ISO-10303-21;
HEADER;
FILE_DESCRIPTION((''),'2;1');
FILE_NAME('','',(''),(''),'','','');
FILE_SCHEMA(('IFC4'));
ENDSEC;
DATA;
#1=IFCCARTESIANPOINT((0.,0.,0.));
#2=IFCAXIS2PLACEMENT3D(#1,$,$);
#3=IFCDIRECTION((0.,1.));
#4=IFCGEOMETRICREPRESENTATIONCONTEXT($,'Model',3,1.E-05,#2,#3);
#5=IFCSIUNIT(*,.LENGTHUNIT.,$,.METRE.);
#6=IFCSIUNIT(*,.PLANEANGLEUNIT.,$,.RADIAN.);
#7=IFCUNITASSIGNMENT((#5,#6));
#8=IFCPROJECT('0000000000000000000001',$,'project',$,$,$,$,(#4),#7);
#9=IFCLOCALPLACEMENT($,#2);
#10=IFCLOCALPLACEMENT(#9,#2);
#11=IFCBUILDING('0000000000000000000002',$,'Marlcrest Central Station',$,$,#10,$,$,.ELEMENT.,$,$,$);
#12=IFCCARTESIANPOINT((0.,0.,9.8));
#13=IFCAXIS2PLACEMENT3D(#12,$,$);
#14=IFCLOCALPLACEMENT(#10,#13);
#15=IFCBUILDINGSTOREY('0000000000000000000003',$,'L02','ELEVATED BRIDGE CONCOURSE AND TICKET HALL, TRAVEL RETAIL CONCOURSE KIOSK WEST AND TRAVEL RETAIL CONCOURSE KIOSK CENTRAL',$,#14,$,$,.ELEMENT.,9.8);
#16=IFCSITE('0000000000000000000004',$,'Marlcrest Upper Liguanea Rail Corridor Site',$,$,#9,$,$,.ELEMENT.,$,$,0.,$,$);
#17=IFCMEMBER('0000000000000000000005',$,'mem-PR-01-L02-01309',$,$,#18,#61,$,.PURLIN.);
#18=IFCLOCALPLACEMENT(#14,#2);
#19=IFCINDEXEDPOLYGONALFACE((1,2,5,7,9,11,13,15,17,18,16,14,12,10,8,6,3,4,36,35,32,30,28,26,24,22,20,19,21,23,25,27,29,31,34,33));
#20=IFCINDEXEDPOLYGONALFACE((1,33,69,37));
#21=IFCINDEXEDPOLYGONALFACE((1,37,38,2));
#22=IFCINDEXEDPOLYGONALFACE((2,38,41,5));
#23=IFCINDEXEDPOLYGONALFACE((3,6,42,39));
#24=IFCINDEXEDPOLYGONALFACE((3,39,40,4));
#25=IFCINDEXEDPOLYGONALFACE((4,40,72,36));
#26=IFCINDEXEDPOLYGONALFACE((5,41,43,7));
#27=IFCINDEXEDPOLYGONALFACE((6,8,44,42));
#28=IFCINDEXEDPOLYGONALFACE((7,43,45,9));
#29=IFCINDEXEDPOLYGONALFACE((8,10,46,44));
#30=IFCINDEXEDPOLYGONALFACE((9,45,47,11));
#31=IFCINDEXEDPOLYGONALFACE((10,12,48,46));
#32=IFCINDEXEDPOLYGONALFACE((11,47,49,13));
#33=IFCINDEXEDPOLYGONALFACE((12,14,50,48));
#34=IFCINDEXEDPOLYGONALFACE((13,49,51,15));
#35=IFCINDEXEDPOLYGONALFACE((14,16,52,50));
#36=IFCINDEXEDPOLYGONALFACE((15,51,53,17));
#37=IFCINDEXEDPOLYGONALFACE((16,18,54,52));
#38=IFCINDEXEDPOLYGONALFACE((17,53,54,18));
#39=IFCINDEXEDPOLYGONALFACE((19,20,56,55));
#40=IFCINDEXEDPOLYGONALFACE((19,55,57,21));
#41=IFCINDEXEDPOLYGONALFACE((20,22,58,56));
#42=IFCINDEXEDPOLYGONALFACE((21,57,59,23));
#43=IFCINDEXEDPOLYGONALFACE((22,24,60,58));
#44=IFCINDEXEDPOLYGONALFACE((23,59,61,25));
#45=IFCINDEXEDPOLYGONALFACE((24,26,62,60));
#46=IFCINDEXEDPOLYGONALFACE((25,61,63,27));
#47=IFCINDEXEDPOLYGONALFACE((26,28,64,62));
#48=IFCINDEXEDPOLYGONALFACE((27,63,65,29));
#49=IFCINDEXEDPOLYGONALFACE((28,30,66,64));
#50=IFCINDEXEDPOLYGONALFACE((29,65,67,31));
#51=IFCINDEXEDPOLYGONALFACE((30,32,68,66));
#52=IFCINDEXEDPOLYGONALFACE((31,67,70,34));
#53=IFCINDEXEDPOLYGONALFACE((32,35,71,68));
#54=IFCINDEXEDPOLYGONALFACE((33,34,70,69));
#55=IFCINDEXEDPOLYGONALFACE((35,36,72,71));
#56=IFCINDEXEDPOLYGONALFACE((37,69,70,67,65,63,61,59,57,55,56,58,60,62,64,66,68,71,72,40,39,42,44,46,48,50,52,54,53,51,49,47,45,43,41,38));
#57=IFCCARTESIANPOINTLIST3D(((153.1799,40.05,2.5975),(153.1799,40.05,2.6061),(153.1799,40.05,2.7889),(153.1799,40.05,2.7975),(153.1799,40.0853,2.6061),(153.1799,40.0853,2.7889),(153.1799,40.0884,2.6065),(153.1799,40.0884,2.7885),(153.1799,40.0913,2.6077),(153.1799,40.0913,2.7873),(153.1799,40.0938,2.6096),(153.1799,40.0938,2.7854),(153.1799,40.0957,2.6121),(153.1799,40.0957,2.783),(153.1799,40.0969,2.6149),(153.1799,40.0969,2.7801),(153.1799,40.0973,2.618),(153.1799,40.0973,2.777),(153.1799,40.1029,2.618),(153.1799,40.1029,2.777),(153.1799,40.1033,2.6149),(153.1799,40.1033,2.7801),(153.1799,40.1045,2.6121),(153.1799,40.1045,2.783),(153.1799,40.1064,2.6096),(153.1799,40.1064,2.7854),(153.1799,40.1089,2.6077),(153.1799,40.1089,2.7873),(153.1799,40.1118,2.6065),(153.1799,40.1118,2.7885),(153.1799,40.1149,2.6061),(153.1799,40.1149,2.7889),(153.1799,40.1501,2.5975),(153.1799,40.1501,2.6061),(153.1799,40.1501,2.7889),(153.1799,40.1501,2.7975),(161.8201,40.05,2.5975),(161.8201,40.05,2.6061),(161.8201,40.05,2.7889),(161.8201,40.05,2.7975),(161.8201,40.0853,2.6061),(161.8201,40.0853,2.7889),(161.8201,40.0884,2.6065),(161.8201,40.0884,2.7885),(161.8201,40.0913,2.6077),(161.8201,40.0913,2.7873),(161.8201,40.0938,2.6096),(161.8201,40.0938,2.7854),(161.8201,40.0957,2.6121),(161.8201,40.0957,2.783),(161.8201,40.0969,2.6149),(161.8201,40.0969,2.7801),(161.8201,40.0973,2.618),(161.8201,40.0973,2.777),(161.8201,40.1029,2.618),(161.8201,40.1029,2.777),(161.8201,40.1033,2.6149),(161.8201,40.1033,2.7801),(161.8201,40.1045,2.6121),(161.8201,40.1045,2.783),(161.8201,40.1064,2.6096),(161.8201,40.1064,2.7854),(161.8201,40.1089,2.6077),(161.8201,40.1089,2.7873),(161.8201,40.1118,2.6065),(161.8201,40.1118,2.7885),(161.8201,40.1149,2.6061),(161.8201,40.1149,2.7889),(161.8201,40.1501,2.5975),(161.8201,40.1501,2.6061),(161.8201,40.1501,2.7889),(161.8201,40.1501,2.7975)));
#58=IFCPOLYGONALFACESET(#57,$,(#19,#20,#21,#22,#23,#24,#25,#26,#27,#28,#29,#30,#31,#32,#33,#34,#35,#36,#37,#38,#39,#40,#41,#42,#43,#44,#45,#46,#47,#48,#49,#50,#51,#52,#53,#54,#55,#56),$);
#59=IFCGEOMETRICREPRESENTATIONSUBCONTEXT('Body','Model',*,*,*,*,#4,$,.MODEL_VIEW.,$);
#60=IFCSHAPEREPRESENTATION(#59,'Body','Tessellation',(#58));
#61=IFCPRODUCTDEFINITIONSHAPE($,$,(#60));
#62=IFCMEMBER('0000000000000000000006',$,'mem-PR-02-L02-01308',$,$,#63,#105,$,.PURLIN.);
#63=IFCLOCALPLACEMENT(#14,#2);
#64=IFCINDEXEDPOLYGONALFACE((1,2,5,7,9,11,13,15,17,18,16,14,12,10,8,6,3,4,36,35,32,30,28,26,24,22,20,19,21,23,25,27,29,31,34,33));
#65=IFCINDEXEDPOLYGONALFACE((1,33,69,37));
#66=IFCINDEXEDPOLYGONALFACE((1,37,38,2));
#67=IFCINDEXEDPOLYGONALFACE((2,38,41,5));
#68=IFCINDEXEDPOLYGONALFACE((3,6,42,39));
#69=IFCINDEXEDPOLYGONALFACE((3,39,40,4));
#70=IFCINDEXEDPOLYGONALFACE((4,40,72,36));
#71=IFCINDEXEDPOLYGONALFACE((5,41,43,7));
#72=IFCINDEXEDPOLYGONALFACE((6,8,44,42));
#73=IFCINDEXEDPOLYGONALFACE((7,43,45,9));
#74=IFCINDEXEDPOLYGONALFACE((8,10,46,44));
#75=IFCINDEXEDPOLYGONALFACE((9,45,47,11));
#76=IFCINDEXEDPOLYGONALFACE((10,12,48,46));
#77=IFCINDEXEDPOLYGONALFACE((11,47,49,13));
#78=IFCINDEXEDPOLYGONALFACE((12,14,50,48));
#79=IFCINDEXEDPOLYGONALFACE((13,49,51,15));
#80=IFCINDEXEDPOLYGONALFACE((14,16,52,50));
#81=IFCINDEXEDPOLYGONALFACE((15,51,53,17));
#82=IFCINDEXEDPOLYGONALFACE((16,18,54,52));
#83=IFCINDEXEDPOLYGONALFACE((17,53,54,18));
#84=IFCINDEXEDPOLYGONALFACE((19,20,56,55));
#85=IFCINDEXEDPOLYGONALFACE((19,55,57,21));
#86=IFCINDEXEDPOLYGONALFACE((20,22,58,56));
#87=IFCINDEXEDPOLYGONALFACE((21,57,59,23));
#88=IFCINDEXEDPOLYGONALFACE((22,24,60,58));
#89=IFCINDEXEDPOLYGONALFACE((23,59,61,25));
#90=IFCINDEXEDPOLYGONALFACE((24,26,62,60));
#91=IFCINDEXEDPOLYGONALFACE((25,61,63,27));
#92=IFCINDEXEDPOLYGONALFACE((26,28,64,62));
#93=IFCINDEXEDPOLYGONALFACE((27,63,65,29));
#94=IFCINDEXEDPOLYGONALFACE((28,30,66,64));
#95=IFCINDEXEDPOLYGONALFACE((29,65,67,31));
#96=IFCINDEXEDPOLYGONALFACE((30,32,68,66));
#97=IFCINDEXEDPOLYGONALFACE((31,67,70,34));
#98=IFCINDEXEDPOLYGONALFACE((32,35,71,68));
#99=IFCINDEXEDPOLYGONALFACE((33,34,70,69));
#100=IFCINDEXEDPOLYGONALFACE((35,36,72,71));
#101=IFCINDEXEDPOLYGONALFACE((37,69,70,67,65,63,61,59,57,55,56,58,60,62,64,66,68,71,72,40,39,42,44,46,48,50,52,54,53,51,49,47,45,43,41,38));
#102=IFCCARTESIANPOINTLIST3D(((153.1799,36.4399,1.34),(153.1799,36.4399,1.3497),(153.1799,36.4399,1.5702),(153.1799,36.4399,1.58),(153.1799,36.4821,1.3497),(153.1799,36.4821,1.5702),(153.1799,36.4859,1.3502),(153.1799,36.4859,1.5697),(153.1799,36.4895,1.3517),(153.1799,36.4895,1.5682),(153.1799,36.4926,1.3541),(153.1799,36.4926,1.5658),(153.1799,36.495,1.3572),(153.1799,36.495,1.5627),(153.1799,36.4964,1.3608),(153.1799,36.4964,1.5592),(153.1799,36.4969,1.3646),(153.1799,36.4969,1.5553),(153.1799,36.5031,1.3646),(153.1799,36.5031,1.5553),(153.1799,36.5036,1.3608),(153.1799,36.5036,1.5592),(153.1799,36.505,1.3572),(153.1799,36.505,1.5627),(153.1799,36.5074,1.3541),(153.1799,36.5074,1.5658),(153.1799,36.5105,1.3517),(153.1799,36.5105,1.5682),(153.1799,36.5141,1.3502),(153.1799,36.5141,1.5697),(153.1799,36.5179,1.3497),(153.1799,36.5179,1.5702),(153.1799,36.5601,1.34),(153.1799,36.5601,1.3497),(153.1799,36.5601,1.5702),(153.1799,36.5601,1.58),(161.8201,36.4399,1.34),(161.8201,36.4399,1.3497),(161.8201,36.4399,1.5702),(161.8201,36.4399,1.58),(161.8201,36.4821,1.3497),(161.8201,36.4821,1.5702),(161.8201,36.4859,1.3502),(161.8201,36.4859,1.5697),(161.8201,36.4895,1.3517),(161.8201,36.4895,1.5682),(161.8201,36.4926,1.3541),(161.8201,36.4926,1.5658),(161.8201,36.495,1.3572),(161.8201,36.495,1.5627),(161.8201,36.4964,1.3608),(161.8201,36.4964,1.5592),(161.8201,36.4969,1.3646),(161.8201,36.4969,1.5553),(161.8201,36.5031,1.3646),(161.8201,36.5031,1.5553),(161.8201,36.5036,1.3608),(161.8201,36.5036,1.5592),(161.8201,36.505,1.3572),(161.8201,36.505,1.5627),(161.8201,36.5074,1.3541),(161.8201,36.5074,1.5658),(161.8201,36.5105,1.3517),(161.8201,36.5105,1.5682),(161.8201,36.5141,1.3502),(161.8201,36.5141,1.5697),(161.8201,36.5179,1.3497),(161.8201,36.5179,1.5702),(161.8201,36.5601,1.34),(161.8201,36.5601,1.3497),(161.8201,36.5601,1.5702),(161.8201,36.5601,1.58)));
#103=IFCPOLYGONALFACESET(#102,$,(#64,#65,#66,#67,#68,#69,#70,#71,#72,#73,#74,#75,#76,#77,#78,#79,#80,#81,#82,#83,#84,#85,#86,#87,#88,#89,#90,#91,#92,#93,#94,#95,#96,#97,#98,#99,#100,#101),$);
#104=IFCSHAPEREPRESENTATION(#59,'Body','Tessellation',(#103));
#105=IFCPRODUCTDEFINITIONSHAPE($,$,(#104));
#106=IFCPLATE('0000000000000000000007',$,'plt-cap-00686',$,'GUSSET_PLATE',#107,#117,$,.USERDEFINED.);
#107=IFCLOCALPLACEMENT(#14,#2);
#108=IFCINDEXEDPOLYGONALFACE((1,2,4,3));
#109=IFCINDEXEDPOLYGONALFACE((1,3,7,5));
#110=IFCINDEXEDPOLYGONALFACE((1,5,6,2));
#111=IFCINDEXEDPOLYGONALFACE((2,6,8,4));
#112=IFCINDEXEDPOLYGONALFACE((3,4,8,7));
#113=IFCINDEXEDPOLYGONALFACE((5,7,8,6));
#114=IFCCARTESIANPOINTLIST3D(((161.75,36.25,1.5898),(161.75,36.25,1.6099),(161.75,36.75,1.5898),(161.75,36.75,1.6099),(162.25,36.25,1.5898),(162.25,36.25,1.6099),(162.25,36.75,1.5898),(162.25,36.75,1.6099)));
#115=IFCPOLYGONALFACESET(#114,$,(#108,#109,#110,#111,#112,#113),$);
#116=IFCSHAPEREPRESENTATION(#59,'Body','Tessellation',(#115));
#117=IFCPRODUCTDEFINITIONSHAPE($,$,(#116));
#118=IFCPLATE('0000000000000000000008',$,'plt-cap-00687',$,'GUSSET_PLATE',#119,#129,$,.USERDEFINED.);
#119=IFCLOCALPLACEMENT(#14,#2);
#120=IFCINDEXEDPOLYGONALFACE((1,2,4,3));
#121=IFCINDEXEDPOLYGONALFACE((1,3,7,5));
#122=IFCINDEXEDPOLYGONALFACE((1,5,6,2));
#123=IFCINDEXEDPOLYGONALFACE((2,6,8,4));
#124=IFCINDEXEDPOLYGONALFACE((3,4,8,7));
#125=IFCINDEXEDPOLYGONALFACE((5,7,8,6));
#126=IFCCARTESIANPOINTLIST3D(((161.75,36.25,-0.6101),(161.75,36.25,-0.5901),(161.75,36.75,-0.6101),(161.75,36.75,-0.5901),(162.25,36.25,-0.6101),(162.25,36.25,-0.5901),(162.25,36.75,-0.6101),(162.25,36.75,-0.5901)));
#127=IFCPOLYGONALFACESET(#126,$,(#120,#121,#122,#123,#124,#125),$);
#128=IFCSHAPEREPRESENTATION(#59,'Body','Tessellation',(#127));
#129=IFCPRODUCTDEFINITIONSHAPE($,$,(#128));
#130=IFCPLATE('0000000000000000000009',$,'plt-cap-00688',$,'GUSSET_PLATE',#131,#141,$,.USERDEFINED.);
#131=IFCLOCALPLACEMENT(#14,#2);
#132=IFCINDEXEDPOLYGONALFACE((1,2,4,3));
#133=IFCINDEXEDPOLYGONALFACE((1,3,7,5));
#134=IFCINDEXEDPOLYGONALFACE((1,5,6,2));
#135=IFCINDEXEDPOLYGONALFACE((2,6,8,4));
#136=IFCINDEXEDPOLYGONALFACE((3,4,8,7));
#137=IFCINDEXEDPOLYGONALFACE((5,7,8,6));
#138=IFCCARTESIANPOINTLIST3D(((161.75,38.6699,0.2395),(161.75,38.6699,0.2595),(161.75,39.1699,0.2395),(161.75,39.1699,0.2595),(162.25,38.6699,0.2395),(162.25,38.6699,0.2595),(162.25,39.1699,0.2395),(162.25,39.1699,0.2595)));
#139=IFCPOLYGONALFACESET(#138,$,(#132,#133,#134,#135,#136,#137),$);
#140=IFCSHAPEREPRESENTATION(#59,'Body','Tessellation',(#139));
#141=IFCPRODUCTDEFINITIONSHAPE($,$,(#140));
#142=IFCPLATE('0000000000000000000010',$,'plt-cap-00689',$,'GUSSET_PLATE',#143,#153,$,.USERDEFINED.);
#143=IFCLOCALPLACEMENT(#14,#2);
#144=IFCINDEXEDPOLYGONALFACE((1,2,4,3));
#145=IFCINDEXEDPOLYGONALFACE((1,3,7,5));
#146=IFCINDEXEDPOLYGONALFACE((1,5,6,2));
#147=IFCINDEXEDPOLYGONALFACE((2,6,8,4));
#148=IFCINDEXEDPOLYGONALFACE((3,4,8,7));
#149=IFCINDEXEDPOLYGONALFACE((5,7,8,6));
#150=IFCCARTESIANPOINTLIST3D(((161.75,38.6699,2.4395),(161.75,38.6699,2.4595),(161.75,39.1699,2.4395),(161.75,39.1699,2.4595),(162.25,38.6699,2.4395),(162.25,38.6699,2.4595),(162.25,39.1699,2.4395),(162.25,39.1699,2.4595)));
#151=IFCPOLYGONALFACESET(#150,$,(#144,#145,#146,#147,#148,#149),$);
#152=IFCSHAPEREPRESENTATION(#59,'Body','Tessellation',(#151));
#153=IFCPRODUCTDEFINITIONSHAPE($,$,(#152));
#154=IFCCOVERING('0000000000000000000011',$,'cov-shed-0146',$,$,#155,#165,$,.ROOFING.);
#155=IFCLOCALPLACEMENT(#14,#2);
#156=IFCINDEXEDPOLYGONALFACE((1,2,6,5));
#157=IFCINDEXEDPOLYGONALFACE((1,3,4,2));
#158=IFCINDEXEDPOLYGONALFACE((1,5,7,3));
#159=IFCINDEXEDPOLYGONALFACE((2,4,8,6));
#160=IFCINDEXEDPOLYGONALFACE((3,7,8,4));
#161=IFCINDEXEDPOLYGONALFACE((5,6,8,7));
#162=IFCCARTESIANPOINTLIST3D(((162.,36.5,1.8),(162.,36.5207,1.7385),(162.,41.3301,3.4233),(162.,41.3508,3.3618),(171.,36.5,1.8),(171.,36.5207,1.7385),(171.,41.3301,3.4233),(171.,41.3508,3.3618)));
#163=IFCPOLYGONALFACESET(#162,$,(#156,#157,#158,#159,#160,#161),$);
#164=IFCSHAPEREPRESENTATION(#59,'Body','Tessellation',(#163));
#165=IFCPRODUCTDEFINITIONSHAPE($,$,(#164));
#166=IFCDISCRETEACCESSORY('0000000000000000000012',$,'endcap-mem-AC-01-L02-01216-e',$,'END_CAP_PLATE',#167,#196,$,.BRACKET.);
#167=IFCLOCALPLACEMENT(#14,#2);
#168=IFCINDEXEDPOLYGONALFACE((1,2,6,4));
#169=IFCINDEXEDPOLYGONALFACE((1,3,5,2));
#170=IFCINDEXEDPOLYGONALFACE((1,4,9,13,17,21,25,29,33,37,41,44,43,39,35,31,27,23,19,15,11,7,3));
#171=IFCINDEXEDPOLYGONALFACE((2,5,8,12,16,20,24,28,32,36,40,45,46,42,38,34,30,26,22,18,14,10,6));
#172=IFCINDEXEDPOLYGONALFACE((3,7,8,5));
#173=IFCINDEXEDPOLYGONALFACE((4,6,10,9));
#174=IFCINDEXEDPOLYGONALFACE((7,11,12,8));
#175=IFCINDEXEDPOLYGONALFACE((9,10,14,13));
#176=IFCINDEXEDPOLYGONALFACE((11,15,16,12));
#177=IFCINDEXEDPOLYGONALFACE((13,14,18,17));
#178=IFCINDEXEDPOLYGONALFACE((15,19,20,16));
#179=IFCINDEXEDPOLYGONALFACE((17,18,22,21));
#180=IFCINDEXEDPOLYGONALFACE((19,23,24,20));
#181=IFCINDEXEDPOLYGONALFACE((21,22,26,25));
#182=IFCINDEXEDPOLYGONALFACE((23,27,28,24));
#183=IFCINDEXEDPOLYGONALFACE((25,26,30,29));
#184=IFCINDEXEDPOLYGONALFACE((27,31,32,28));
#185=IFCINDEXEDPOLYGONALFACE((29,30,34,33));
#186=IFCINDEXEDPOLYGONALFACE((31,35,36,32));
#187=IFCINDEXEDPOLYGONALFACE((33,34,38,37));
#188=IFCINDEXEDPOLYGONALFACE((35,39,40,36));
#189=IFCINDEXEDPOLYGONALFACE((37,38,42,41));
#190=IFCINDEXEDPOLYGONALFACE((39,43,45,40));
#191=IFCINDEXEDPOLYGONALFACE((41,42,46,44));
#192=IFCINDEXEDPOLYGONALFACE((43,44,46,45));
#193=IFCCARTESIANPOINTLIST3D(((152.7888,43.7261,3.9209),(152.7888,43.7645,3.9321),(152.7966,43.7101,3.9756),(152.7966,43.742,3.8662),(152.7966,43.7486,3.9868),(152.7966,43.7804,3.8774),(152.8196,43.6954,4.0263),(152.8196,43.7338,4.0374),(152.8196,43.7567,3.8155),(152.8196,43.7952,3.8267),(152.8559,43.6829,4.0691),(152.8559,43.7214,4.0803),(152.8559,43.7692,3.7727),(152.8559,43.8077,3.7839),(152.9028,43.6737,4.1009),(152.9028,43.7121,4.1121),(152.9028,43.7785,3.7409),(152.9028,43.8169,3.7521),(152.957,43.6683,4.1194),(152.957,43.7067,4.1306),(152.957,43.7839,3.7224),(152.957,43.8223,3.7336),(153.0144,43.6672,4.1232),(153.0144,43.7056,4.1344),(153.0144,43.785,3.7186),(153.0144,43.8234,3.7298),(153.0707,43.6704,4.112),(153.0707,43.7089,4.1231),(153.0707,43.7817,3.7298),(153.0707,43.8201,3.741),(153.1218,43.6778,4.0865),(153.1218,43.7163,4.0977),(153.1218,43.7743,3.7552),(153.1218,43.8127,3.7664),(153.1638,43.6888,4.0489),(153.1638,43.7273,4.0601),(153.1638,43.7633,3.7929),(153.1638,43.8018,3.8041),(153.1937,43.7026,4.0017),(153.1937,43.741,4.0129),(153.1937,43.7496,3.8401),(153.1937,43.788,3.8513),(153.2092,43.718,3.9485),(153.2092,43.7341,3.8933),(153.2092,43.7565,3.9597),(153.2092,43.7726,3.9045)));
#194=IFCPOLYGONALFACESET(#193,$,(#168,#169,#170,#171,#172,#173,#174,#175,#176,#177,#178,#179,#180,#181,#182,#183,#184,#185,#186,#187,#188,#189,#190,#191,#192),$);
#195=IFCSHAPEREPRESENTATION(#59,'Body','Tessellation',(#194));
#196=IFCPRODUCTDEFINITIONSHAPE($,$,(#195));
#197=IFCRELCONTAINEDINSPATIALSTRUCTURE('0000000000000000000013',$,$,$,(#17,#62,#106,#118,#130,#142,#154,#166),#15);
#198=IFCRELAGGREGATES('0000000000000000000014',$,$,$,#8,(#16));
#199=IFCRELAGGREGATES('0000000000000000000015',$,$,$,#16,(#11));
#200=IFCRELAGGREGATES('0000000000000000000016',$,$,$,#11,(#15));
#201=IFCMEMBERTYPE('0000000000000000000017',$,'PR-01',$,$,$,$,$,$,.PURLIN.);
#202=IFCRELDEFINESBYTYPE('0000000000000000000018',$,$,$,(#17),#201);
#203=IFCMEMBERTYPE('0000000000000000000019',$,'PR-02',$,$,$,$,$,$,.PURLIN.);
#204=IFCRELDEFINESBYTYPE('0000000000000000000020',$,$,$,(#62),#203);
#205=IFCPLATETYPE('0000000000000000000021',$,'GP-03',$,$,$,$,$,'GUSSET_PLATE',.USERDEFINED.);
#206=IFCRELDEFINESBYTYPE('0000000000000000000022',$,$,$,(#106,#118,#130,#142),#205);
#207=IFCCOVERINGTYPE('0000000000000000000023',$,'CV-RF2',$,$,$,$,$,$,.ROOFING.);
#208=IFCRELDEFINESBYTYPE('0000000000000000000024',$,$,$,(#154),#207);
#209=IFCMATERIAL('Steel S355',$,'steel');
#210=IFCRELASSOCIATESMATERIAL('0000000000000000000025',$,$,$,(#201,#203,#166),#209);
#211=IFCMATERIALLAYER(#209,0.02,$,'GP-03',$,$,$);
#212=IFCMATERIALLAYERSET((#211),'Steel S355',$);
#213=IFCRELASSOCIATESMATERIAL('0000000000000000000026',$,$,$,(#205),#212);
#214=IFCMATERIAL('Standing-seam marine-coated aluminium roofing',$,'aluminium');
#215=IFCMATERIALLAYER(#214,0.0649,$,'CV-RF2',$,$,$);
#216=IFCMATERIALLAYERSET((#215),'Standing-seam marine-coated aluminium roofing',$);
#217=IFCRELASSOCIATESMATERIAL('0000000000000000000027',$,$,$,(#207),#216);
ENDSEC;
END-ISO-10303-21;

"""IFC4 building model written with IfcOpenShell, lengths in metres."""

from ifc_helpers import new_model, si_unit, direction, frame, origin, origin_2d, place, context, subcontext, project, spatial, polyline, rectangle, circle, i_section, outline, extrude, material, layer, layer_set, material_profile, profile_set, type_object, element, save


model = new_model("IFC4")

# Units and contexts
model_context = context("Model", 3, precision=1e-05, world=origin(), true_north=direction((0.0, 1.0)))
body_context = subcontext(model_context, "Body", "Model", "MODEL_VIEW")
ifc_project = project(units=[si_unit("LENGTHUNIT", "METRE"), si_unit("PLANEANGLEUNIT", "RADIAN")], contexts=[model_context])

# Site, building, storey
site_placement = place(None, origin())
site = spatial("IfcSite", under=ifc_project, at=site_placement, Name="Marlcrest Upper Liguanea Rail Corridor Site", CompositionType="ELEMENT", RefElevation=0.0)
building_placement = place(site_placement, origin())
building = spatial("IfcBuilding", under=site, at=building_placement, Name="Marlcrest Central Station", CompositionType="ELEMENT")
storey_placement = place(building_placement, frame((0.0, 0.0, 9.8)))
storey = spatial("IfcBuildingStorey", under=building, at=storey_placement, Name="L02", Description="ELEVATED BRIDGE CONCOURSE AND TICKET HALL, TRAVEL RETAIL CONCOURSE KIOSK WEST AND TRAVEL RETAIL CONCOURSE KIOSK CENTRAL", CompositionType="ELEMENT", Elevation=9.8)

# Members
ifc_material_1 = material(Name="Steel S355", Category="steel")
ifc_material_profile_1 = material_profile(ifc_material_1, i_section(OverallWidth=0.1001, OverallDepth=0.2, WebThickness=0.0056, FlangeThickness=0.0085, FilletRadius=0.012, at=origin_2d()), Name="IPE 200")
ifc_profile_set_1 = profile_set([ifc_material_profile_1], Name="Steel S355")
member_type_1 = type_object("IfcMemberType", Name="PR-01", PredefinedType="PURLIN", material=ifc_profile_set_1)
member_1_placement = place(storey_placement, frame((153.1799, 40.1001, 2.6975), z_axis=(1.0, 0.0, 0.0), x_axis=(0.0, 1.0, 0.0)))
element("IfcMember", 1, at=member_1_placement, inside=storey, type_object=member_type_1, Name="mem-PR-01-L02-01309", PredefinedType="PURLIN", context=body_context, shape_type="SweptSolid", body=[
    extrude(i_section(OverallWidth=0.1001, OverallDepth=0.2, WebThickness=0.0056, FlangeThickness=0.0085, FilletRadius=0.012, at=origin_2d()), origin(), (0.0, 0.0, 1.0), 8.6401),
])
ifc_material_profile_2 = material_profile(ifc_material_1, i_section(OverallWidth=0.1201, OverallDepth=0.24, WebThickness=0.0061, FlangeThickness=0.0098, FilletRadius=0.0149, at=origin_2d()), Name="IPE 240")
ifc_profile_set_2 = profile_set([ifc_material_profile_2], Name="Steel S355")
member_type_2 = type_object("IfcMemberType", Name="PR-02", PredefinedType="PURLIN", material=ifc_profile_set_2)
member_2_placement = place(storey_placement, frame((153.1799, 36.5, 1.46), z_axis=(1.0, 0.0, 0.0), x_axis=(0.0, 1.0, 0.0)))
element("IfcMember", 2, at=member_2_placement, inside=storey, type_object=member_type_2, Name="mem-PR-02-L02-01308", PredefinedType="PURLIN", context=body_context, shape_type="SweptSolid", body=[
    extrude(i_section(OverallWidth=0.1201, OverallDepth=0.24, WebThickness=0.0061, FlangeThickness=0.0098, FilletRadius=0.0149, at=origin_2d()), origin(), (0.0, 0.0, 1.0), 8.6401),
])

# Plates
ifc_layer_1 = layer(ifc_material_1, 0.02, Name="GP-03")
ifc_layer_set_1 = layer_set([ifc_layer_1], Name="Steel S355")
plate_type = type_object("IfcPlateType", Name="GP-03", ElementType="GUSSET_PLATE", PredefinedType="USERDEFINED", material=ifc_layer_set_1)
for number, where, z_axis, x_axis, name in (
    (3, (162.0, 36.5, 1.5898), (0.0, 0.0, 1.0), (1.0, 0.0, 0.0), "plt-cap-00686"),
    (4, (162.0, 36.5, -0.6101), (0.0, 0.0, 1.0), (1.0, 0.0, 0.0), "plt-cap-00687"),
    (5, (162.0, 38.9199, 0.2395), (0.0, 0.0, 1.0), (1.0, 0.0, 0.0), "plt-cap-00688"),
    (6, (162.0, 38.9199, 2.4395), (0.0, 0.0, 1.0), (1.0, 0.0, 0.0), "plt-cap-00689"),
):
    element("IfcPlate", number, at=place(storey_placement, frame(where, z_axis=z_axis, x_axis=x_axis)), inside=storey, type_object=plate_type, Name=name, ObjectType="GUSSET_PLATE", PredefinedType="USERDEFINED", context=body_context, shape_type="SweptSolid", body=[
        extrude(rectangle(XDim=0.5, YDim=0.5, at=origin_2d()), origin(), (0.0, 0.0, 1.0), 0.02),
    ])

# Covering
ifc_material_2 = material(Name="Standing-seam marine-coated aluminium roofing", Category="aluminium")
ifc_layer_2 = layer(ifc_material_2, 0.0649, Name="CV-RF2")
ifc_layer_set_2 = layer_set([ifc_layer_2], Name="Standing-seam marine-coated aluminium roofing")
covering_type = type_object("IfcCoveringType", Name="CV-RF2", PredefinedType="ROOFING", material=ifc_layer_set_2)
covering_placement = place(storey_placement, frame((162.0, 36.5, 1.8), z_axis=(0.0, -0.31857, 0.947899), x_axis=(1.0, 0.0, 0.0)))
element("IfcCovering", 7, at=covering_placement, inside=storey, type_object=covering_type, Name="cov-shed-0146", PredefinedType="ROOFING", context=body_context, shape_type="SweptSolid", body=[
    extrude(outline(polyline([(0.0, 0.0), (9.0, 0.0), (9.0, 5.0956), (0.0, 5.0956), (0.0, 0.0)])), origin(), (0.0, 0.0, -1.0), 0.0649),
])

# Discrete accessory
discrete_accessory_1_placement = place(storey_placement, frame((153.0, 43.7261, 3.9209), z_axis=(0.0, 0.96013, 0.279554), x_axis=(-1.0, 0.0, 0.0)))
element("IfcDiscreteAccessory", 8, at=discrete_accessory_1_placement, inside=storey, material=ifc_material_1, Name="endcap-mem-AC-01-L02-01216-e", ObjectType="END_CAP_PLATE", PredefinedType="BRACKET", context=body_context, shape_type="SweptSolid", body=[
    extrude(circle(Radius=0.2112, at=origin_2d()), origin(), (0.0, 0.0, 1.0), 0.04),
])

save(model, "model.ifc")
